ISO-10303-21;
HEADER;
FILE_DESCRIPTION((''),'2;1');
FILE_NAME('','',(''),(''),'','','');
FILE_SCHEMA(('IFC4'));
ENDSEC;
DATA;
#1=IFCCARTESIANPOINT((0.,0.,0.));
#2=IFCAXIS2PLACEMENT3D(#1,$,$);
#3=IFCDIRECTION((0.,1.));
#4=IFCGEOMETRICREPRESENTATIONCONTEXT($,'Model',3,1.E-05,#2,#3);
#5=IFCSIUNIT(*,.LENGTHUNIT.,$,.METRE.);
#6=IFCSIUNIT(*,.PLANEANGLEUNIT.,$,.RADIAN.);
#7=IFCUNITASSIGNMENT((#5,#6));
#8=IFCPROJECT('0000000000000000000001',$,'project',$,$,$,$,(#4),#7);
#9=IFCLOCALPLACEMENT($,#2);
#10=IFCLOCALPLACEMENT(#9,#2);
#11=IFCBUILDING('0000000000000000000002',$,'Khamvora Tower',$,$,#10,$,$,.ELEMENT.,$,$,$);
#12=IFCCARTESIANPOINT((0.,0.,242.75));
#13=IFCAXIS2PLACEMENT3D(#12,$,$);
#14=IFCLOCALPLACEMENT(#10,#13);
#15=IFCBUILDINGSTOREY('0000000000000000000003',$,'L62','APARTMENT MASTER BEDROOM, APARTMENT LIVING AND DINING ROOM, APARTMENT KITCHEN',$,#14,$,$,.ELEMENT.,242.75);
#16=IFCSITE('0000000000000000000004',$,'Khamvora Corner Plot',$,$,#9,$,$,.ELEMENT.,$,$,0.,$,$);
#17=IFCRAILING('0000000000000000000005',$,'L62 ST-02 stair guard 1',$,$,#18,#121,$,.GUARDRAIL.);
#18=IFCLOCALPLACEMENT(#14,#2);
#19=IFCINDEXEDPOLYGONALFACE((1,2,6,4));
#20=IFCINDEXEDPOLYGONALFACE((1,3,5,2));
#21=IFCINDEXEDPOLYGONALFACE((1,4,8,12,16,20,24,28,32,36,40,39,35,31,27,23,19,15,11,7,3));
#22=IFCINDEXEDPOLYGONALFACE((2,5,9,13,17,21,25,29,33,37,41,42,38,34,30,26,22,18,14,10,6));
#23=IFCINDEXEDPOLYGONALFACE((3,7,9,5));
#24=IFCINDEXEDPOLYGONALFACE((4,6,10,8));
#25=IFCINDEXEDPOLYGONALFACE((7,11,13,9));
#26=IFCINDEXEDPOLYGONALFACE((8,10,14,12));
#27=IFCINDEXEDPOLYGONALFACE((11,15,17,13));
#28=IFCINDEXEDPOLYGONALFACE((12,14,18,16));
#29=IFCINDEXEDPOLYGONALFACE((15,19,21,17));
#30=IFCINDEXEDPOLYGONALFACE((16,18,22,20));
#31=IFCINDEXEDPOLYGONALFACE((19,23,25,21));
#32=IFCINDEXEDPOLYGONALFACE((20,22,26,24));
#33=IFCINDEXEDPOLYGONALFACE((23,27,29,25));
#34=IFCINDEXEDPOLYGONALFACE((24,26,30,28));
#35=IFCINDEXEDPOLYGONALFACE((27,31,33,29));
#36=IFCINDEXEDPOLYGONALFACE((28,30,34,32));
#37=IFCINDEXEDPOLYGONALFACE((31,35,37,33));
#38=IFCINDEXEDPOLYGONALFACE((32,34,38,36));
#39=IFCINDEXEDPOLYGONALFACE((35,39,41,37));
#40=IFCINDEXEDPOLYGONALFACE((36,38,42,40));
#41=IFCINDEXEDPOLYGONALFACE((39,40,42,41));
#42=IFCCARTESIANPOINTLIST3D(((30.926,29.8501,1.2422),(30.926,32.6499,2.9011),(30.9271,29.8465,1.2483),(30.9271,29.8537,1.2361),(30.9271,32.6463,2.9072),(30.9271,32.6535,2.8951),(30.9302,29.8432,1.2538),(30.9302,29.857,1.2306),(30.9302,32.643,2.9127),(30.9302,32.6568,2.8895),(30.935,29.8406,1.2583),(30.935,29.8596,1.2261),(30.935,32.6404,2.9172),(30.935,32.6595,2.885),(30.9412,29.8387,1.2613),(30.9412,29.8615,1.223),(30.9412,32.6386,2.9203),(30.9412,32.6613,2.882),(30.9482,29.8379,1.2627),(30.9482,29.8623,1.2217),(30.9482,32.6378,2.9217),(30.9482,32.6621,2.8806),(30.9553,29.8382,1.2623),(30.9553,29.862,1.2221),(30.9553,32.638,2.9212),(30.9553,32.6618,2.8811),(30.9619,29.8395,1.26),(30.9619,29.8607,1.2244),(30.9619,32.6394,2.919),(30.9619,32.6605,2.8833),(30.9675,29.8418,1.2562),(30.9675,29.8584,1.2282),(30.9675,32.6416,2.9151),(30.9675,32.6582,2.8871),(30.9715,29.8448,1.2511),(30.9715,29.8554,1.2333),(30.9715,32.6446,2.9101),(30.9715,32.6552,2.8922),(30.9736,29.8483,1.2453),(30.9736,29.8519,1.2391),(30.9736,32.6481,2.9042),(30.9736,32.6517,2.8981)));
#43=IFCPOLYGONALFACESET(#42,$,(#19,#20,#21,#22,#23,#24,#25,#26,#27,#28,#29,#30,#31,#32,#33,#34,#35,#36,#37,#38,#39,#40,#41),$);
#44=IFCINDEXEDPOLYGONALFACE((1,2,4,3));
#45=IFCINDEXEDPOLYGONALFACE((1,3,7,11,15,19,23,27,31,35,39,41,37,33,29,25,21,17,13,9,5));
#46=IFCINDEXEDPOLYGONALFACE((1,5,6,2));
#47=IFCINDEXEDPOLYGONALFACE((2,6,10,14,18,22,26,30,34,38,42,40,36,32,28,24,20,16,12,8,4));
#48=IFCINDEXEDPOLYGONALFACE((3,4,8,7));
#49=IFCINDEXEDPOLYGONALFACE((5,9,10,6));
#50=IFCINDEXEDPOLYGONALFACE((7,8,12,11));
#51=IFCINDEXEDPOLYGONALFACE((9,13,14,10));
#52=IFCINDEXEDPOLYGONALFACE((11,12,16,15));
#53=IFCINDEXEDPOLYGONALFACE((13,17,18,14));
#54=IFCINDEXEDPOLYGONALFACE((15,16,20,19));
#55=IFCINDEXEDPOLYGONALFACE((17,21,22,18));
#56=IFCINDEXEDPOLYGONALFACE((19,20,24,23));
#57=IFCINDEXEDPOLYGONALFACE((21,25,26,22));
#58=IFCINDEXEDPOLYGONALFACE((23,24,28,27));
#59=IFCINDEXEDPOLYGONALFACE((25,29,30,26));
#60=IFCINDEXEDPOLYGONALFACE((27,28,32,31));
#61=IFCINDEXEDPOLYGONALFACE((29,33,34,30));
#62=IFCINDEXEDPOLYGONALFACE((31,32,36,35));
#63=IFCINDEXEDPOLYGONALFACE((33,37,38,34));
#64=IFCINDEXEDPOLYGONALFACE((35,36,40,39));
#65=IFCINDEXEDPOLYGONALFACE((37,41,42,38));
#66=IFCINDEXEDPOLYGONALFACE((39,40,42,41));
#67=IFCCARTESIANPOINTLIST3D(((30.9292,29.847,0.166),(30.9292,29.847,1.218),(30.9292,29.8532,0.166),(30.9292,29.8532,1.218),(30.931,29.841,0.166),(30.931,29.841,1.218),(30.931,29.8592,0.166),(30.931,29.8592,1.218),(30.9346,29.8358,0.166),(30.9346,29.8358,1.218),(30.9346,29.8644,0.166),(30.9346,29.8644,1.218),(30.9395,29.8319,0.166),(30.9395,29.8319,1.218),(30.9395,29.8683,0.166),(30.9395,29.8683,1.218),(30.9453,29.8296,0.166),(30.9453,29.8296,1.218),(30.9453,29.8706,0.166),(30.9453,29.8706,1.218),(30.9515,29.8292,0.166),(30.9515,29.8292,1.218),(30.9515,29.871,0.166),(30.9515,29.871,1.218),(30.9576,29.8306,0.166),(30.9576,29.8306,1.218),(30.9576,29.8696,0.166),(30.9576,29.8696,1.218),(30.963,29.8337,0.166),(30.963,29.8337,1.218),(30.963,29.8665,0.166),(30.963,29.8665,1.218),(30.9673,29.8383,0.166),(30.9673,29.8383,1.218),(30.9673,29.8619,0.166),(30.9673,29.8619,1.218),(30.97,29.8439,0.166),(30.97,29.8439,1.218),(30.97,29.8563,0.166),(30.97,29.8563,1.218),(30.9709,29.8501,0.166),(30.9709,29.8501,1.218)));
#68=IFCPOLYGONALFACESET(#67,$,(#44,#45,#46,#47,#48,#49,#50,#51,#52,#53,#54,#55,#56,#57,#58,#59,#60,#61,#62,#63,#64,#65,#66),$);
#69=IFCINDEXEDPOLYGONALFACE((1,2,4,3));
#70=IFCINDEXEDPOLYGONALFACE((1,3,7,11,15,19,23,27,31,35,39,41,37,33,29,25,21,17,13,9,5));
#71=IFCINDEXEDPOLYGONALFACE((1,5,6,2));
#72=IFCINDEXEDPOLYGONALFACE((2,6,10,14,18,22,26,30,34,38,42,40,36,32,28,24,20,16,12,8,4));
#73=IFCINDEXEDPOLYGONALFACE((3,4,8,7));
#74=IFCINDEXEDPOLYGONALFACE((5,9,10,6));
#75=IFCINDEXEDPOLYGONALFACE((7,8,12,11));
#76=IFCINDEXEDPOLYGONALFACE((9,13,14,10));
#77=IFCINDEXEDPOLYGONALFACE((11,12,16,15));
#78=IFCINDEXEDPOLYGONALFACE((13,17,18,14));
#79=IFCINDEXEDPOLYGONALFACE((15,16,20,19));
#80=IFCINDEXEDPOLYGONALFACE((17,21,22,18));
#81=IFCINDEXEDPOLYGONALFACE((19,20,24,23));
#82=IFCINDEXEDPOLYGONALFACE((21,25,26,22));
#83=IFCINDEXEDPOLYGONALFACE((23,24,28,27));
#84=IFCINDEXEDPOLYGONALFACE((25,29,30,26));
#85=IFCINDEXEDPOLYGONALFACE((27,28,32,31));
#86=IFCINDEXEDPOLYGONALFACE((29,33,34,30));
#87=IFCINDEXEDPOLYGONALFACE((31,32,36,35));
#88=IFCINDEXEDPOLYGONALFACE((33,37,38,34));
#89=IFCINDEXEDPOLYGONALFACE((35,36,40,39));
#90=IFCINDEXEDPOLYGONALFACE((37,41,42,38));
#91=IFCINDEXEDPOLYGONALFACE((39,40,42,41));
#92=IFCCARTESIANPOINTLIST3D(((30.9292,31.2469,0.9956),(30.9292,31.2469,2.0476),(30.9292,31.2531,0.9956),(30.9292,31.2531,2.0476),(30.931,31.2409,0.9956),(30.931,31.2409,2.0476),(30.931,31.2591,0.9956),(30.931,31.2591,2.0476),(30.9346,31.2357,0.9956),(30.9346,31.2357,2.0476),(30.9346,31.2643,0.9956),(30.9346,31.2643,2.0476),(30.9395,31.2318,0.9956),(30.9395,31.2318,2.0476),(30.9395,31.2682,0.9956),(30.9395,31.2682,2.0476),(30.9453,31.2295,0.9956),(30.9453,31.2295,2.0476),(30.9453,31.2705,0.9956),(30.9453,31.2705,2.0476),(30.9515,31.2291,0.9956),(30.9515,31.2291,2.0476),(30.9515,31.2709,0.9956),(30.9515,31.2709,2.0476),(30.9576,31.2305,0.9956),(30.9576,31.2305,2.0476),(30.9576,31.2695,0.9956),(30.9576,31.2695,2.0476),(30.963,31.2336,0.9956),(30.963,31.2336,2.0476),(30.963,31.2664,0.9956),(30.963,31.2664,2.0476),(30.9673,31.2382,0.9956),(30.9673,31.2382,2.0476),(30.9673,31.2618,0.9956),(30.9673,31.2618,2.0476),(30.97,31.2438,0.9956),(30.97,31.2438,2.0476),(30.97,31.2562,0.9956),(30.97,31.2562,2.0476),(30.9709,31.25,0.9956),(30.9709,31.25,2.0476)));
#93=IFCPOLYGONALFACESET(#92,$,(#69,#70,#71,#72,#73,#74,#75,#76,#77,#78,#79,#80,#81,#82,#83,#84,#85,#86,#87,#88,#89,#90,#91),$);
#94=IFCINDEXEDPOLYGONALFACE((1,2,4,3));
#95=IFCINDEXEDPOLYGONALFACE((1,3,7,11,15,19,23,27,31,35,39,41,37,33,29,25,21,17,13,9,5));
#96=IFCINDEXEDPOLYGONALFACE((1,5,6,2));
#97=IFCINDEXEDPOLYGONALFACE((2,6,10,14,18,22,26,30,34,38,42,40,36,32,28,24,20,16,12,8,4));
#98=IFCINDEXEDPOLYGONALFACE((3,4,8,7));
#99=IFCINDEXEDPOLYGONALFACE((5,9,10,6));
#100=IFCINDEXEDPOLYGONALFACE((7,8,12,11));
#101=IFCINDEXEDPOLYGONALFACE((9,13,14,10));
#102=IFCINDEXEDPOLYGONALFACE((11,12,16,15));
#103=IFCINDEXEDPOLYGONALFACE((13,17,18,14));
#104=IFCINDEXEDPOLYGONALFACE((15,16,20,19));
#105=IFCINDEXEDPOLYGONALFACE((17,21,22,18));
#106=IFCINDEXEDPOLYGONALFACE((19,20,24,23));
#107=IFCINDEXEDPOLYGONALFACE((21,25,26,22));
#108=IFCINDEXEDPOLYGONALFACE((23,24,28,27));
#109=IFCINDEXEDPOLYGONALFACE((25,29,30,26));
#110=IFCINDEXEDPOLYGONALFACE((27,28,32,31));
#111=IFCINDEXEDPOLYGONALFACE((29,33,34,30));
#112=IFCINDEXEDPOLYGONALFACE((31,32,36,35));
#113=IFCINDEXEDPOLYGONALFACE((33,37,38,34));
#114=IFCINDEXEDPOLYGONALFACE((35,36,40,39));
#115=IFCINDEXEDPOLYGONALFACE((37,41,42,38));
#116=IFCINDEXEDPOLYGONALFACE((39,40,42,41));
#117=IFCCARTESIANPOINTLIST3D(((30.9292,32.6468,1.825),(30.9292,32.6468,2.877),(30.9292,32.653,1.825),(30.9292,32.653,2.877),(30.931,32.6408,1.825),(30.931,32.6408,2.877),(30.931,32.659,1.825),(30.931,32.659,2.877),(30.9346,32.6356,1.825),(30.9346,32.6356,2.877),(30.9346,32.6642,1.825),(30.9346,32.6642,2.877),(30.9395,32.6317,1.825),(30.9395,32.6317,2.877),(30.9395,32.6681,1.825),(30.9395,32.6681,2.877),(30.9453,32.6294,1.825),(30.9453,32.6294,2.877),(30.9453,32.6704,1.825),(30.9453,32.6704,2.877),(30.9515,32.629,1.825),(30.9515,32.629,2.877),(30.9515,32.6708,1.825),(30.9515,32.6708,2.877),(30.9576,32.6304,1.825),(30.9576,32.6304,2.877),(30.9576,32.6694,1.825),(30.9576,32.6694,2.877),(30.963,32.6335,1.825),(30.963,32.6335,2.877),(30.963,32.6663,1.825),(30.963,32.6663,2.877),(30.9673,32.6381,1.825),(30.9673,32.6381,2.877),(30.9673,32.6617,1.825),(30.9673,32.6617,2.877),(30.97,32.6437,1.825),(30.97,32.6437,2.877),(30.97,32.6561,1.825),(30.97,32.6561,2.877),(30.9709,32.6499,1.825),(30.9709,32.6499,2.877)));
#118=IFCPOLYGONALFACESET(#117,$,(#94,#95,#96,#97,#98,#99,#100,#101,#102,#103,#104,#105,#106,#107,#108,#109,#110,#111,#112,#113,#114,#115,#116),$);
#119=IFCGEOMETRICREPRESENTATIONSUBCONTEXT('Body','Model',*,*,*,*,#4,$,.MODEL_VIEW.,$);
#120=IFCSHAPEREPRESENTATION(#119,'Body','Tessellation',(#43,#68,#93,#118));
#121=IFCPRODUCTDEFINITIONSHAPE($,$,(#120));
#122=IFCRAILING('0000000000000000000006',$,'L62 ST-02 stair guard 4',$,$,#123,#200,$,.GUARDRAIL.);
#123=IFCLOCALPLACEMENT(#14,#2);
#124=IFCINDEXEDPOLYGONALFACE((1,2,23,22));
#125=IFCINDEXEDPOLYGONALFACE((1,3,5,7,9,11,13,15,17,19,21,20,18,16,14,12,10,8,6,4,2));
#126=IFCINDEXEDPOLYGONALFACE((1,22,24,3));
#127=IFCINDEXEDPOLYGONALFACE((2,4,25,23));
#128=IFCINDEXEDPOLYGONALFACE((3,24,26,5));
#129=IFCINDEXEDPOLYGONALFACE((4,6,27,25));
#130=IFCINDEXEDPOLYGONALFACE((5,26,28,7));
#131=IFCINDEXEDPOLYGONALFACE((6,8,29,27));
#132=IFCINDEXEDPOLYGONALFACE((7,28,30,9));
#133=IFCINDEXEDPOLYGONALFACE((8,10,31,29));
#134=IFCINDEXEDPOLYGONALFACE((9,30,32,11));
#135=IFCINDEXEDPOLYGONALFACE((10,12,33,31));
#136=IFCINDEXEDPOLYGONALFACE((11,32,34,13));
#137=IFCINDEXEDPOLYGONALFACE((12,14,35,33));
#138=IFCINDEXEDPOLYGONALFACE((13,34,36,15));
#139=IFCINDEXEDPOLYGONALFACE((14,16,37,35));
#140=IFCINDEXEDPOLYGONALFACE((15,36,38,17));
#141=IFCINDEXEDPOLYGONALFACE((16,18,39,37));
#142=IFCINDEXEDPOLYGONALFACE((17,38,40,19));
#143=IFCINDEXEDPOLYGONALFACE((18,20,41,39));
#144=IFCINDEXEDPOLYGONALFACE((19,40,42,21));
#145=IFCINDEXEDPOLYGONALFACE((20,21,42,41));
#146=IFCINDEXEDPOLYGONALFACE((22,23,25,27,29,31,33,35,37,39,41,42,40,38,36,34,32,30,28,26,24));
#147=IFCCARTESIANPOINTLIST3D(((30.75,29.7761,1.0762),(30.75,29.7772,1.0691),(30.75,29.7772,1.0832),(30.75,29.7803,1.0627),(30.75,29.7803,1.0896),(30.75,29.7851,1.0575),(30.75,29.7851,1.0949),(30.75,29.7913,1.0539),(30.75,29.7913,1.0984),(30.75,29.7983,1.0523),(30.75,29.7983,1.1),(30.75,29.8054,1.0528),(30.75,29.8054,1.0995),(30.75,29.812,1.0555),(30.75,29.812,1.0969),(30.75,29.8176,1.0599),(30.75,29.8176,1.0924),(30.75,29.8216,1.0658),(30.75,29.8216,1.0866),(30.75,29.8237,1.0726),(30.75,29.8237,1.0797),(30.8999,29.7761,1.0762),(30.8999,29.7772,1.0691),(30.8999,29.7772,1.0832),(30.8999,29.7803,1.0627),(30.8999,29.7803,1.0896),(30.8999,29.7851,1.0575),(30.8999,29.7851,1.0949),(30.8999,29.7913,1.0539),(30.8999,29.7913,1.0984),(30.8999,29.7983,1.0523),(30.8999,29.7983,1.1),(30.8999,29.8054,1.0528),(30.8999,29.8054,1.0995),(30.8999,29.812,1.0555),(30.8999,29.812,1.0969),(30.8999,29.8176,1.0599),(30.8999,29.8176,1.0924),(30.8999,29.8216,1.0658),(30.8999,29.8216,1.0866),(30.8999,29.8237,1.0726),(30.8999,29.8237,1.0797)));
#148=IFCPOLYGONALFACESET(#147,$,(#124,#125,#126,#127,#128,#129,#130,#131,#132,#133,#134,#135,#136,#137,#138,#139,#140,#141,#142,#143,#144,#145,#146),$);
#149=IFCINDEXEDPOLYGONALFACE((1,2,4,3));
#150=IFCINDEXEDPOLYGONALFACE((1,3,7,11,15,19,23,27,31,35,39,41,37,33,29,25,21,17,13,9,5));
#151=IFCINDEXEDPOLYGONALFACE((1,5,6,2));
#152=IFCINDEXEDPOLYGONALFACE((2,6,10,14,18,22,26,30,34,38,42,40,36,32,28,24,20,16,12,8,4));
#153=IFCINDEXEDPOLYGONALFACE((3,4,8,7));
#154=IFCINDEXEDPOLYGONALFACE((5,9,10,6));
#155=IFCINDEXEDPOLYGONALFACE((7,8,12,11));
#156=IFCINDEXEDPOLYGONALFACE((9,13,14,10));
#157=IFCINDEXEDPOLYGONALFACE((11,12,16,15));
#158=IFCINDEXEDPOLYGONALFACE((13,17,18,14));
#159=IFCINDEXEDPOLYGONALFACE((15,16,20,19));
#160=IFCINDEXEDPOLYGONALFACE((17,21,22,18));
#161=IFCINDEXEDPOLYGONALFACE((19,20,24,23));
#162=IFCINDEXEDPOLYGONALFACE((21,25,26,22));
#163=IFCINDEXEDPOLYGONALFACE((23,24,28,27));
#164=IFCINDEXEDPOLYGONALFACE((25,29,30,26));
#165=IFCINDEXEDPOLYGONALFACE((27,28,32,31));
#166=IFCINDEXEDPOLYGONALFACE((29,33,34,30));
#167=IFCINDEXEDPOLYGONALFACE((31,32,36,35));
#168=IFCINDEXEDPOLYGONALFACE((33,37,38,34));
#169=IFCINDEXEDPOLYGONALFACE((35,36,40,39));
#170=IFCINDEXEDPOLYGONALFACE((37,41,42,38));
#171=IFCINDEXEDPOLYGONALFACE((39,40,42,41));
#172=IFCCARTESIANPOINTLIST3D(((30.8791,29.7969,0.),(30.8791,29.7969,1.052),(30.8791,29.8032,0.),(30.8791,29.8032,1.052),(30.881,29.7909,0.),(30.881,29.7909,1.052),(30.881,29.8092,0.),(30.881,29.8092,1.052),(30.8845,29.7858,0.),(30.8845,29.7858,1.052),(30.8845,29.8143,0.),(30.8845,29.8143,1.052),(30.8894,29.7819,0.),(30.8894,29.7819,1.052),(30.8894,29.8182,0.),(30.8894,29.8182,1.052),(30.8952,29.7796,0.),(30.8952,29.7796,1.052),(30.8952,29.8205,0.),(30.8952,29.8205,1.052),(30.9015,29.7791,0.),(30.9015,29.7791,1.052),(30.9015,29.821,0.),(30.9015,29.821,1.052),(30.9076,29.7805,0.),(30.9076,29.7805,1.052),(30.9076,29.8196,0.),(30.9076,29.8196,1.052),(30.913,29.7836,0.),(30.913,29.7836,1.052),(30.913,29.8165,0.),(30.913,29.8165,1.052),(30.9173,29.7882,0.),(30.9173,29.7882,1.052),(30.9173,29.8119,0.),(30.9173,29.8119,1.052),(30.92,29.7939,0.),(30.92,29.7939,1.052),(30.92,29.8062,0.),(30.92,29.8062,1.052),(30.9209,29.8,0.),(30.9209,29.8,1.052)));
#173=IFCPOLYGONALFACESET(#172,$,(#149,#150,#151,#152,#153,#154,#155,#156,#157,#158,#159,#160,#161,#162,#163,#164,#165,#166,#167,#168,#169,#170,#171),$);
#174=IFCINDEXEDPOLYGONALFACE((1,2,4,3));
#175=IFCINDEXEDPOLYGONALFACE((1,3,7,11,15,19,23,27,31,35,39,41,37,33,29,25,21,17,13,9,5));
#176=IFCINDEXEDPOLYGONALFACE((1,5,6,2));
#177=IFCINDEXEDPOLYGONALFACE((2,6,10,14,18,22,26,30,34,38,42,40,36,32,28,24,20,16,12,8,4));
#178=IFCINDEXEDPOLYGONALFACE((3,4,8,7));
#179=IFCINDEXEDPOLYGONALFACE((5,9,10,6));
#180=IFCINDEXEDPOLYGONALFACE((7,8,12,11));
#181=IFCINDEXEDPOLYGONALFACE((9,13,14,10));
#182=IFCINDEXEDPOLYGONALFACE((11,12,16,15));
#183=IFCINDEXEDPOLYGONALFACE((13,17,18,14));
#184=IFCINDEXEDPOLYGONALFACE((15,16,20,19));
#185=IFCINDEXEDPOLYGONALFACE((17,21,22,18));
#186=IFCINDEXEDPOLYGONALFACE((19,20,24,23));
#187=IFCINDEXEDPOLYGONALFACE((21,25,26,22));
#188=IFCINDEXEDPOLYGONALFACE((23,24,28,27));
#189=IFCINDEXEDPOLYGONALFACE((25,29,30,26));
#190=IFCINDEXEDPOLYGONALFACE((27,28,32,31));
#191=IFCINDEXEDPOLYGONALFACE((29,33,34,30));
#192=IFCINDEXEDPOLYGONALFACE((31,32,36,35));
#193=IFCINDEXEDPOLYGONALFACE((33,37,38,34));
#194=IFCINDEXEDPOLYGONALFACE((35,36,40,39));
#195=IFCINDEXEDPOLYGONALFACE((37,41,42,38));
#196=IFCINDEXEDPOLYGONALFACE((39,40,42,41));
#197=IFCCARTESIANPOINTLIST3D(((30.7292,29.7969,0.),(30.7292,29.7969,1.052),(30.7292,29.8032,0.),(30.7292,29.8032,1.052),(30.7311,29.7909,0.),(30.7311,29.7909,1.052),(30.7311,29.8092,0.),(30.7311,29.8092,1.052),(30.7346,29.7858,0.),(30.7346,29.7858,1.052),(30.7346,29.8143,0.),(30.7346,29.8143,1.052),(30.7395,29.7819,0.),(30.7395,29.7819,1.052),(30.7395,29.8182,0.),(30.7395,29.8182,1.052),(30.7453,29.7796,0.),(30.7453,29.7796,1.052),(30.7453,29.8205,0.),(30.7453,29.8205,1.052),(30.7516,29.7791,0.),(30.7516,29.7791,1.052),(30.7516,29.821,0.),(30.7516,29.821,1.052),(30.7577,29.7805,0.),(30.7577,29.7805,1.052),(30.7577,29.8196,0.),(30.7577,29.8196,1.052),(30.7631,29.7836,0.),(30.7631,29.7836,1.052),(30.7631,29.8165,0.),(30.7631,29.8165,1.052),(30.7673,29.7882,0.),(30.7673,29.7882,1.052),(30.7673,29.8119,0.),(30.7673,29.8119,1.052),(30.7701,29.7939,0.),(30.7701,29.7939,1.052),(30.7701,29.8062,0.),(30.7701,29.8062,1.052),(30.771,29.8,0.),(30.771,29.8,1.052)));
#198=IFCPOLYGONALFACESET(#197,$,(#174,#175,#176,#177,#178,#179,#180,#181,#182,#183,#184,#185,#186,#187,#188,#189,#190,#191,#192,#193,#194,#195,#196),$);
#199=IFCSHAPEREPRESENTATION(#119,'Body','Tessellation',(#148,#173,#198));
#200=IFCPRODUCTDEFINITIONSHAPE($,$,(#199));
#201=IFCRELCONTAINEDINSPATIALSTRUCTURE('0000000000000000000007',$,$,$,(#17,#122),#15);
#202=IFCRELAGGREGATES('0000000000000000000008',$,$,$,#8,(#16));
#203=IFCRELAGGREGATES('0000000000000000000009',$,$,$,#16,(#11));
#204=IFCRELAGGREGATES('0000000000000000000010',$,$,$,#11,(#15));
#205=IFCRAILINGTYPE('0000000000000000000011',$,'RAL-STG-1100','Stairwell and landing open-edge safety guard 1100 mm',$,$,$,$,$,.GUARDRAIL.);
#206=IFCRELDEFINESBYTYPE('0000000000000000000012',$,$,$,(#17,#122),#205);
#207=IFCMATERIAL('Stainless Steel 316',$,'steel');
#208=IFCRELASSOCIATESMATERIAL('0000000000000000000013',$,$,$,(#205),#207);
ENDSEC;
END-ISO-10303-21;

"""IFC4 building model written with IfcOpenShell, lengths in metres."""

from ifc_helpers import new_model, si_unit, direction, frame, origin, origin_2d, place, context, subcontext, project, spatial, circle, extrude, material, type_object, element, save


model = new_model("IFC4")

# Units and contexts
model_context = context("Model", 3, precision=1e-05, world=origin(), true_north=direction((0.0, 1.0)))
body_context = subcontext(model_context, "Body", "Model", "MODEL_VIEW")
ifc_project = project(units=[si_unit("LENGTHUNIT", "METRE"), si_unit("PLANEANGLEUNIT", "RADIAN")], contexts=[model_context])

# Site, building, storey
site_placement = place(None, origin())
site = spatial("IfcSite", under=ifc_project, at=site_placement, Name="Khamvora Corner Plot", CompositionType="ELEMENT", RefElevation=0.0)
building_placement = place(site_placement, origin())
building = spatial("IfcBuilding", under=site, at=building_placement, Name="Khamvora Tower", CompositionType="ELEMENT")
storey_placement = place(building_placement, frame((0.0, 0.0, 242.75)))
storey = spatial("IfcBuildingStorey", under=building, at=storey_placement, Name="L62", Description="APARTMENT MASTER BEDROOM, APARTMENT LIVING AND DINING ROOM, APARTMENT KITCHEN", CompositionType="ELEMENT", Elevation=242.75)

# Railings
ifc_material_1 = material(Name="Stainless Steel 316", Category="steel")
railing_type_1 = type_object("IfcRailingType", Name="RAL-STG-1100", Description="Stairwell and landing open-edge safety guard 1100 mm", PredefinedType="GUARDRAIL", material=ifc_material_1)
railing_1_placement = place(storey_placement, frame((30.95, 29.8501, 0.166)))
element("IfcRailing", 1, at=railing_1_placement, inside=storey, type_object=railing_type_1, Name="L62 ST-02 stair guard 1", PredefinedType="GUARDRAIL", context=body_context, shape_type="SweptSolid", body=[
    extrude(circle(Radius=0.0239, at=origin_2d()), frame((0.0, 0.0, 1.0762), z_axis=(0.0, 0.86032, 0.509755), x_axis=(-1.0, 0.0, 0.0)), (0.0, 0.0, 1.0), 3.2544),
    extrude(circle(Radius=0.021, at=origin_2d()), origin(), (0.0, 0.0, 1.0), 1.052),
    extrude(circle(Radius=0.021, at=origin_2d()), frame((0.0, 1.3999, 0.8296)), (0.0, 0.0, 1.0), 1.052),
    extrude(circle(Radius=0.021, at=origin_2d()), frame((0.0, 2.7998, 1.6589)), (0.0, 0.0, 1.0), 1.052),
])
railing_2_placement = place(storey_placement, frame((30.8999, 29.8, 0.0)))
element("IfcRailing", 2, at=railing_2_placement, inside=storey, type_object=railing_type_1, Name="L62 ST-02 stair guard 4", PredefinedType="GUARDRAIL", context=body_context, shape_type="SweptSolid", body=[
    extrude(circle(Radius=0.0239, at=origin_2d()), frame((0.0, 0.0, 1.0762), z_axis=(-1.0, 0.0, 0.0), x_axis=(0.0, -1.0, 0.0)), (0.0, 0.0, 1.0), 0.1499),
    extrude(circle(Radius=0.021, at=origin_2d()), origin(), (0.0, 0.0, 1.0), 1.052),
    extrude(circle(Radius=0.021, at=origin_2d()), frame((-0.1499, 0.0, 0.0)), (0.0, 0.0, 1.0), 1.052),
])

save(model, "model.ifc")
